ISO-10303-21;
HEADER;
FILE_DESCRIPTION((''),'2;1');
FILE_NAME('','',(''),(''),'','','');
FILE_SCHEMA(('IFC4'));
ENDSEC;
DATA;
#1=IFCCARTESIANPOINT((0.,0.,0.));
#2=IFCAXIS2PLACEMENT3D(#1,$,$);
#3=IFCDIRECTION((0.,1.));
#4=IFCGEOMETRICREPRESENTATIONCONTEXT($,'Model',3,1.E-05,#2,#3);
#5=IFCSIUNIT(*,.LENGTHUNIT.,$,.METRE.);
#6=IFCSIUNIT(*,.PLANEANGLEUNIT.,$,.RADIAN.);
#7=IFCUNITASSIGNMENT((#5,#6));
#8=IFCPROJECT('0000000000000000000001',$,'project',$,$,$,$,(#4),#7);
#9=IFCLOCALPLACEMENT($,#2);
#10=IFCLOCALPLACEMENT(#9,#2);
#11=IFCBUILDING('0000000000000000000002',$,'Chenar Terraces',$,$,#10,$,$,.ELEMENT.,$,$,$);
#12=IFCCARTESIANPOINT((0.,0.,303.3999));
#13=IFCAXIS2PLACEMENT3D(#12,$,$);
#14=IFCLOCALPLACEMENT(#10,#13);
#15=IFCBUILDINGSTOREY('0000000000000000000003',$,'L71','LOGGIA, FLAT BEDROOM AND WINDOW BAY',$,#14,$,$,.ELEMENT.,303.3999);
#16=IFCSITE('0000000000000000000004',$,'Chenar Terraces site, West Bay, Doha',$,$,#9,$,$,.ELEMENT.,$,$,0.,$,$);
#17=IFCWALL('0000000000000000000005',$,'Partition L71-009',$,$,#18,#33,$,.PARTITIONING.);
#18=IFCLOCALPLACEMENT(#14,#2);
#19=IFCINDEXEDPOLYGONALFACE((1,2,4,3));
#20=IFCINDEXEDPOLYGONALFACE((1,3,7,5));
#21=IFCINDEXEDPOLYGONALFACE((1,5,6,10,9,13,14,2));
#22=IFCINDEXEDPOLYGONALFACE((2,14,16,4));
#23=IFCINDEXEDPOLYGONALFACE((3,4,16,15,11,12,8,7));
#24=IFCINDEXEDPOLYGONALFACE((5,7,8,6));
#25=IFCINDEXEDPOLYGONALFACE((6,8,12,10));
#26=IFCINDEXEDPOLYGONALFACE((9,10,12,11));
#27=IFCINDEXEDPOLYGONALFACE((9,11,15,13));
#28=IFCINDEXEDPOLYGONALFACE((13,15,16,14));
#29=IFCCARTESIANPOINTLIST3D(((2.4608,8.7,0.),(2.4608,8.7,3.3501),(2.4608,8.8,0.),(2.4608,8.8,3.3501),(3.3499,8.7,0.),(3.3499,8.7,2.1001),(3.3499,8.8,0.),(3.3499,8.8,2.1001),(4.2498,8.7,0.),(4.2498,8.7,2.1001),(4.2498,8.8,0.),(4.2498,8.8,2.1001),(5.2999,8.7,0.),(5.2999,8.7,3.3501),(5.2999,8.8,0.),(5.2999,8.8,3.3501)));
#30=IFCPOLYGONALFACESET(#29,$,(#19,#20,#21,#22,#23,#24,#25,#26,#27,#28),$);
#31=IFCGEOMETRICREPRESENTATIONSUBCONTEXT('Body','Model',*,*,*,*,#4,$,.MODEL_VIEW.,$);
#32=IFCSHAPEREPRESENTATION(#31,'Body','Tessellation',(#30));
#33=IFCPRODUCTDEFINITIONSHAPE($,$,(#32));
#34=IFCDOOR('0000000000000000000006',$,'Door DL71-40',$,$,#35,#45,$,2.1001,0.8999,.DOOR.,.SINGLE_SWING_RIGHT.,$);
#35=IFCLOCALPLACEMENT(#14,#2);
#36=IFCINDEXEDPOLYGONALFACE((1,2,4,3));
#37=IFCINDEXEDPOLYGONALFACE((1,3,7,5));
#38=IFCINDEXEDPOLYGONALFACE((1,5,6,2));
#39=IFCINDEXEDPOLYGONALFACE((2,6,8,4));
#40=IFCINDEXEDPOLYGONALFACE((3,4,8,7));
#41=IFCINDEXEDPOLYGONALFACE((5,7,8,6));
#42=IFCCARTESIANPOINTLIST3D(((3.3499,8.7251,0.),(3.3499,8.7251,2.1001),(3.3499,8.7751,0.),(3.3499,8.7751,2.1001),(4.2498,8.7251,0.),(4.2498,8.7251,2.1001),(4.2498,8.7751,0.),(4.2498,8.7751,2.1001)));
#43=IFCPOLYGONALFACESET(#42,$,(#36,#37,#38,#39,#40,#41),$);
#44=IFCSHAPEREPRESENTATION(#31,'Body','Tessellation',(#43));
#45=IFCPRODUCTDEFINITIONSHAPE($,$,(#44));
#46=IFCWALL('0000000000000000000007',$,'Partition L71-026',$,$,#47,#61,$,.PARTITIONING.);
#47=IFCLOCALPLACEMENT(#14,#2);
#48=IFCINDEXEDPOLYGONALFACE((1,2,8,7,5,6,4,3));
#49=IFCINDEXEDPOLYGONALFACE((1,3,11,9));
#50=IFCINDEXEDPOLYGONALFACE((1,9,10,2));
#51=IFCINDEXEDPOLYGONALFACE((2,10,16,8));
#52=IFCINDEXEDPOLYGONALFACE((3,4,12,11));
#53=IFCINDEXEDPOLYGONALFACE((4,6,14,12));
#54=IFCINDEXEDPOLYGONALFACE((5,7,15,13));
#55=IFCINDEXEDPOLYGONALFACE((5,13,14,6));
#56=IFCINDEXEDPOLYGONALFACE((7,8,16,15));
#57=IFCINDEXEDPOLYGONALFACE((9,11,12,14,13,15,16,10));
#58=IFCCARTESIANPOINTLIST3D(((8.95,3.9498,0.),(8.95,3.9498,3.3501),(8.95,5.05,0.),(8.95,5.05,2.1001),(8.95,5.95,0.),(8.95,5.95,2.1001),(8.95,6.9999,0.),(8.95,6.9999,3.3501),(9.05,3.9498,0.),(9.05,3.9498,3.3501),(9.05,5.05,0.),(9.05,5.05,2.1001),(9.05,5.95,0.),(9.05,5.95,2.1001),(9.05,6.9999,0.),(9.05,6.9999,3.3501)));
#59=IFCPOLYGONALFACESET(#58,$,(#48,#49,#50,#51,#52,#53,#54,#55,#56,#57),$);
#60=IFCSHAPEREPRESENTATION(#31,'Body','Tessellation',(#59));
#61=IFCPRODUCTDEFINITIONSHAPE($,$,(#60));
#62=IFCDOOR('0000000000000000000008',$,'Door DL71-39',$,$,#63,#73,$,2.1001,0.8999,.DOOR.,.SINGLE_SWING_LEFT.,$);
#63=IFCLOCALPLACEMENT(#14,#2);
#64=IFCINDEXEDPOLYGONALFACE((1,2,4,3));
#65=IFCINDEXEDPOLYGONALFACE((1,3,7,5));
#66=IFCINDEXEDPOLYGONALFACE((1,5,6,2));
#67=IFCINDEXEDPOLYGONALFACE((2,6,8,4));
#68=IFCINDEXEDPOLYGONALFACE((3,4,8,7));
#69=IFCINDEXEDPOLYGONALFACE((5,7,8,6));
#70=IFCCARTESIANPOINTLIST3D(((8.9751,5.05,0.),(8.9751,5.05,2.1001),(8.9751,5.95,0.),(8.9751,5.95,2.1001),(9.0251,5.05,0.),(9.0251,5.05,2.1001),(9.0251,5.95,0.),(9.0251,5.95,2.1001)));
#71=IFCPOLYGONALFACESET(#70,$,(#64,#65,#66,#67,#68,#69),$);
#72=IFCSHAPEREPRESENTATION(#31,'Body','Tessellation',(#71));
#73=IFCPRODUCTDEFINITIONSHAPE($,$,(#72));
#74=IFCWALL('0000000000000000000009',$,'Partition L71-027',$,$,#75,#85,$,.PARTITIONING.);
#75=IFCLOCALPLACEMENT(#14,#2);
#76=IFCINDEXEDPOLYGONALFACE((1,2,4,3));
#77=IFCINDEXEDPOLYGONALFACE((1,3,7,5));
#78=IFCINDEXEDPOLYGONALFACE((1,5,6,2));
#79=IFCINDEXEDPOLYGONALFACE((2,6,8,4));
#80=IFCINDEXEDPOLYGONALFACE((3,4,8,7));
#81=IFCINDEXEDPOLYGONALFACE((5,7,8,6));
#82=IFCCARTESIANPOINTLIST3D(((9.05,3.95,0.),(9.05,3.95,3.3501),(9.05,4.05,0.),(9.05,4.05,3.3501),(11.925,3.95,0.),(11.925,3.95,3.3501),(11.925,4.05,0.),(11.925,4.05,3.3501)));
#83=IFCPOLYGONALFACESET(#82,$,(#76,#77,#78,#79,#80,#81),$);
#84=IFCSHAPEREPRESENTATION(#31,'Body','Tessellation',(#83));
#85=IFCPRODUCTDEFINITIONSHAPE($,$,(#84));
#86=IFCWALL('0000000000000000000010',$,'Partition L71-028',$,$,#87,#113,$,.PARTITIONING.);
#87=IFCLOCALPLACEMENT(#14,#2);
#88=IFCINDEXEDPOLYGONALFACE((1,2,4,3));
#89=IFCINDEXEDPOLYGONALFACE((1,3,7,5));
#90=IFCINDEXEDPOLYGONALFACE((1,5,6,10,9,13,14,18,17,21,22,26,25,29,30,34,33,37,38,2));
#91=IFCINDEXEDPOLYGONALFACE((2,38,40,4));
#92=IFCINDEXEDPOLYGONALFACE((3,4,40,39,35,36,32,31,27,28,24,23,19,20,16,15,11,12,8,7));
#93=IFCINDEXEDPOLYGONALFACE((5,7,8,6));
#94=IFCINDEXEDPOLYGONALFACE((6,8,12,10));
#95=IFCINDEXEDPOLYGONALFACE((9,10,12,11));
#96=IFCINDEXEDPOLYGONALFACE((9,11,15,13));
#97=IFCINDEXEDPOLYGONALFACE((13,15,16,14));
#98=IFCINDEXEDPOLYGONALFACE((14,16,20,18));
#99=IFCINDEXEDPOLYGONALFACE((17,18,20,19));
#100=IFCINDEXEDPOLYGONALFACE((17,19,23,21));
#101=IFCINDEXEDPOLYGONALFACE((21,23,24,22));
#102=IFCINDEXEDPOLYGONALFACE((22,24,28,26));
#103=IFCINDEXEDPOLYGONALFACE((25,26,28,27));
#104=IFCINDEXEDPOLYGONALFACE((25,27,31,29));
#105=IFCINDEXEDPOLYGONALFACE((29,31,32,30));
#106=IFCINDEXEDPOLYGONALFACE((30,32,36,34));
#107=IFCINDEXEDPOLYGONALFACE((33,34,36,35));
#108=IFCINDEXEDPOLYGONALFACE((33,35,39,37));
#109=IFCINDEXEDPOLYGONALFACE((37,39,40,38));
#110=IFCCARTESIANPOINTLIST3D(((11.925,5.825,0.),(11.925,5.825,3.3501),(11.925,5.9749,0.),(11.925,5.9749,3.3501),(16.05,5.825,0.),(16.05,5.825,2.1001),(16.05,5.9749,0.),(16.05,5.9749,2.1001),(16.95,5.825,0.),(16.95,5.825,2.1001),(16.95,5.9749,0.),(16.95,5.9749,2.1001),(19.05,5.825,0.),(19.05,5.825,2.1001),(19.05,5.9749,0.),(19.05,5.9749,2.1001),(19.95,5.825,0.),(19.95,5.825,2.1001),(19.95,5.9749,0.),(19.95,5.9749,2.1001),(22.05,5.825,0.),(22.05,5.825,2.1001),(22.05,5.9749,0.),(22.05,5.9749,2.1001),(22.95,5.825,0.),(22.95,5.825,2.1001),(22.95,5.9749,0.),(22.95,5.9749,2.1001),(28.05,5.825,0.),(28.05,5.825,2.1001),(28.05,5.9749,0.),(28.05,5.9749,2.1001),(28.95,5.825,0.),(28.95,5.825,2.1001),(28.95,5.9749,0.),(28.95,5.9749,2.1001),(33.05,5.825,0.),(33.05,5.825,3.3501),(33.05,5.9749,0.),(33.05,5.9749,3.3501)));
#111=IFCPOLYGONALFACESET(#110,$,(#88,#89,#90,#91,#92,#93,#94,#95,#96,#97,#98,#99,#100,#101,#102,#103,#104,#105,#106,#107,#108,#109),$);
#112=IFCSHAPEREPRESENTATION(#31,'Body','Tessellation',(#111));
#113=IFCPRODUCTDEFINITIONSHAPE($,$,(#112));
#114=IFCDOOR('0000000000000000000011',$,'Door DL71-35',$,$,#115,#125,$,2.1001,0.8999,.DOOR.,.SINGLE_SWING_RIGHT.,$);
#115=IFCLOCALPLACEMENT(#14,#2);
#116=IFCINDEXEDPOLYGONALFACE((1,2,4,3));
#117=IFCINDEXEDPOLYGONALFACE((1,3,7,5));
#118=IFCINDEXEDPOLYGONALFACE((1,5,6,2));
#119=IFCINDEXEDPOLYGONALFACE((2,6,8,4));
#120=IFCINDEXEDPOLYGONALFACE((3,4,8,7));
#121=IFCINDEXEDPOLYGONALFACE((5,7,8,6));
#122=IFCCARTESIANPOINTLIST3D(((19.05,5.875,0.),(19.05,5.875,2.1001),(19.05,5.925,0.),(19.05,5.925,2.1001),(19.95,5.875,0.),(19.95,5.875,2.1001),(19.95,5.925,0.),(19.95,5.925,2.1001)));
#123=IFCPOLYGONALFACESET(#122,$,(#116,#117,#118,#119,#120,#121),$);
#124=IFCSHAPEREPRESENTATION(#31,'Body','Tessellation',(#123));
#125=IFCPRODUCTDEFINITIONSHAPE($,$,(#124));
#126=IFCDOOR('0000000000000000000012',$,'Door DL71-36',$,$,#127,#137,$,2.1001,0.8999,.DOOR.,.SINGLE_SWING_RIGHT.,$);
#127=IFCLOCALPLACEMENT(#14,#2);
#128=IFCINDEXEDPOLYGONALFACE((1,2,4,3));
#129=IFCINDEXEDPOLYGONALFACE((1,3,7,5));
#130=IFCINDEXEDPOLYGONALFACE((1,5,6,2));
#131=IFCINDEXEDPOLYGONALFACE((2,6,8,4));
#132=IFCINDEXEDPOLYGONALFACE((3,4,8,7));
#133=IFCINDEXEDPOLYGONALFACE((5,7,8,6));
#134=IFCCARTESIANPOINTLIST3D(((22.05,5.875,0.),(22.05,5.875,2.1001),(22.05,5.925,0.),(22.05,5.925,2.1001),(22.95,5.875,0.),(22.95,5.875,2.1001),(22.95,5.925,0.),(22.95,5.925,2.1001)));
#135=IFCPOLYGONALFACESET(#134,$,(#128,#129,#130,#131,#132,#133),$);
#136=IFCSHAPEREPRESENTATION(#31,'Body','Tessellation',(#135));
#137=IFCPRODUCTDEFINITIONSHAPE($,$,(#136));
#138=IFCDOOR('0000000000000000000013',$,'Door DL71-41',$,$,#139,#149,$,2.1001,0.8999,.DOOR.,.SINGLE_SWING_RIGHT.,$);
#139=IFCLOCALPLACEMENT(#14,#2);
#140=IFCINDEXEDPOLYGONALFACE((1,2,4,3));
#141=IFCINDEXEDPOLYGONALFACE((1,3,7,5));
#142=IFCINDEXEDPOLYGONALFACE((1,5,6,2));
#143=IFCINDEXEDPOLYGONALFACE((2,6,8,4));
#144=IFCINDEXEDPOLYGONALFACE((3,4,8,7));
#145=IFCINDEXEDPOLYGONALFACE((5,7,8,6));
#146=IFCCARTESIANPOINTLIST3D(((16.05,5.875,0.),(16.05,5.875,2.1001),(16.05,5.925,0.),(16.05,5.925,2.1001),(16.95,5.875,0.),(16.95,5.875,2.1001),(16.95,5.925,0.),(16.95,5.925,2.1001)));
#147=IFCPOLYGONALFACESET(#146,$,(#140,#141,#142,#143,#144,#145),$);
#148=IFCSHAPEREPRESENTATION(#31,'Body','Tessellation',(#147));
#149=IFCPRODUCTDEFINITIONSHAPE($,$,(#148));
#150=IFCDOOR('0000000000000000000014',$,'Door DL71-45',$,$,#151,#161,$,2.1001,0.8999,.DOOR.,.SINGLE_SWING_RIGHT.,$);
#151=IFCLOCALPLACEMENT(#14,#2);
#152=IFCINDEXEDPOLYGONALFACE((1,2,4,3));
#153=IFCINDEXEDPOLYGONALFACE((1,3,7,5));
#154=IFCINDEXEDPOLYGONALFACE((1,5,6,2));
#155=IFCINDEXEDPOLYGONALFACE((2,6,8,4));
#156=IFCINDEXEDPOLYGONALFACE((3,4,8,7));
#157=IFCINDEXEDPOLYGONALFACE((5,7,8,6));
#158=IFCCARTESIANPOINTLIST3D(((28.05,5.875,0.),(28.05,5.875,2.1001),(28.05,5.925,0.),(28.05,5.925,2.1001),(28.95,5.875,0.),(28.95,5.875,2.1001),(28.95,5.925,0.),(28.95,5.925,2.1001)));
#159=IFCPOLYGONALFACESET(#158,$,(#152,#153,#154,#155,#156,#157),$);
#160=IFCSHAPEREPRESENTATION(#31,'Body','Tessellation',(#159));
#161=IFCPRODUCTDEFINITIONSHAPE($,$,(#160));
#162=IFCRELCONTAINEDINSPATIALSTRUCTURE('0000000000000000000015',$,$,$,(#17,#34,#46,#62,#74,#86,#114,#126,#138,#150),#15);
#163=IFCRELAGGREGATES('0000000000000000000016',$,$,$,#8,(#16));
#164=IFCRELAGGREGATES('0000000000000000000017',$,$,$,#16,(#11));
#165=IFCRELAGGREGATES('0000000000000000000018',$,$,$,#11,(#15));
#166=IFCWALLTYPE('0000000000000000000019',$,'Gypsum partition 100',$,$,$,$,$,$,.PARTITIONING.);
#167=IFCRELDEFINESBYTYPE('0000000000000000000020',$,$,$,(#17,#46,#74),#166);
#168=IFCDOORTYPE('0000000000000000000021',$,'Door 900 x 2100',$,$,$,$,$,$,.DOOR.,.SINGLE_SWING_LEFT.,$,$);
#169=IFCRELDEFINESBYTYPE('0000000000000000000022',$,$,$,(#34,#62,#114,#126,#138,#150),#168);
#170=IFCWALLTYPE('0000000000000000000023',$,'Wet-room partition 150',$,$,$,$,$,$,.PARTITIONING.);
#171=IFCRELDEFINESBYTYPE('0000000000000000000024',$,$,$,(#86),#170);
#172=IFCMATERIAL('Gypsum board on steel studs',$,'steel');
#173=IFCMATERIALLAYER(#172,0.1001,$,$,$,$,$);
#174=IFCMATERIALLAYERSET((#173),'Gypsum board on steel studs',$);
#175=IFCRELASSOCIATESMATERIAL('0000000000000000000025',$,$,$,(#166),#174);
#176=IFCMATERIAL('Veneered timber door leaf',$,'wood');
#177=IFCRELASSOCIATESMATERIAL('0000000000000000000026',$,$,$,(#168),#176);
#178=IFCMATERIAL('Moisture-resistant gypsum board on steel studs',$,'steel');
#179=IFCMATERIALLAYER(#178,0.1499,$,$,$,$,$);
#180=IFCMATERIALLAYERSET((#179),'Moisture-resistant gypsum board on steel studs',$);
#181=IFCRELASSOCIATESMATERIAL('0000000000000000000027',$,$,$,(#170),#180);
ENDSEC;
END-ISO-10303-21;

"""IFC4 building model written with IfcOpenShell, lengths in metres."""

from ifc_helpers import new_model, si_unit, direction, frame, frame_2d, origin, place, context, subcontext, project, spatial, rectangle, extrude, material, layer, layer_set, type_object, element, fill, save


model = new_model("IFC4")

# Units and contexts
model_context = context("Model", 3, precision=1e-05, world=origin(), true_north=direction((0.0, 1.0)))
body_context = subcontext(model_context, "Body", "Model", "MODEL_VIEW")
ifc_project = project(units=[si_unit("LENGTHUNIT", "METRE"), si_unit("PLANEANGLEUNIT", "RADIAN")], contexts=[model_context])

# Site, building, storey
site_placement = place(None, origin())
site = spatial("IfcSite", under=ifc_project, at=site_placement, Name="Chenar Terraces site, West Bay, Doha", CompositionType="ELEMENT", RefElevation=0.0)
building_placement = place(site_placement, origin())
building = spatial("IfcBuilding", under=site, at=building_placement, Name="Chenar Terraces", CompositionType="ELEMENT")
storey_placement = place(building_placement, frame((0.0, 0.0, 303.3999)))
storey = spatial("IfcBuildingStorey", under=building, at=storey_placement, Name="L71", Description="LOGGIA, FLAT BEDROOM AND WINDOW BAY", CompositionType="ELEMENT", Elevation=303.3999)

# Walls, openings, doors
ifc_material_1 = material(Name="Gypsum board on steel studs", Category="steel")
ifc_layer_1 = layer(ifc_material_1, 0.1001)
ifc_layer_set_1 = layer_set([ifc_layer_1], Name="Gypsum board on steel studs")
wall_type_1 = type_object("IfcWallType", Name="Gypsum partition 100", PredefinedType="PARTITIONING", material=ifc_layer_set_1)
wall_1_placement = place(storey_placement, frame((2.4609, 8.75, 0.0), z_axis=(0.0, 0.0, 1.0), x_axis=(1.0, 0.0, 0.0)))
wall_1 = element("IfcWall", 1, at=wall_1_placement, inside=storey, type_object=wall_type_1, Name="Partition L71-009", PredefinedType="PARTITIONING", context=body_context, shape_type="SweptSolid", body=[
    extrude(rectangle(XDim=2.8391, YDim=0.1001, at=frame_2d((1.4194, 0.0))), origin(), (0.0, 0.0, 1.0), 3.3501),
])
opening_1_placement = place(wall_1_placement, frame((0.8889, 0.0, 0.0)))
opening_1 = element("IfcOpeningElement", 2, at=opening_1_placement, cuts=wall_1, PredefinedType="OPENING", context=body_context, shape_type="SweptSolid", body=[
    extrude(rectangle(XDim=0.8999, YDim=2.1001, at=frame_2d((0.45, 1.05))), frame((0.0, 0.0601, 0.0), z_axis=(0.0, -1.0, 0.0), x_axis=(1.0, 0.0, 0.0)), (0.0, 0.0, 1.0), 0.1201),
])
ifc_material_2 = material(Name="Veneered timber door leaf", Category="wood")
door_type_1 = type_object("IfcDoorType", Name="Door 900 x 2100", OperationType="SINGLE_SWING_LEFT", PredefinedType="DOOR", material=ifc_material_2)
door_1_placement = place(opening_1_placement, frame((0.8999, 0.0, 0.0), z_axis=(0.0, 0.0, 1.0), x_axis=(-1.0, 0.0, 0.0)))
door_1 = element("IfcDoor", 3, at=door_1_placement, inside=storey, type_object=door_type_1, Name="Door DL71-40", OperationType="SINGLE_SWING_RIGHT", OverallHeight=2.1001, OverallWidth=0.8999, PredefinedType="DOOR", context=body_context, shape_type="SweptSolid", body=[
    extrude(rectangle(XDim=0.8999, YDim=2.1001, at=frame_2d((0.45, 1.05))), frame((0.0, 0.0249, 0.0), z_axis=(0.0, -1.0, 0.0), x_axis=(1.0, 0.0, 0.0)), (0.0, 0.0, 1.0), 0.05),
])
fill(opening_1, door_1)
wall_2_placement = place(storey_placement, frame((9.0, 3.95, 0.0), z_axis=(0.0, 0.0, 1.0), x_axis=(0.0, 1.0, 0.0)))
wall_2 = element("IfcWall", 4, at=wall_2_placement, inside=storey, type_object=wall_type_1, Name="Partition L71-026", PredefinedType="PARTITIONING", context=body_context, shape_type="SweptSolid", body=[
    extrude(rectangle(XDim=3.05, YDim=0.1001, at=frame_2d((1.5249, 0.0))), origin(), (0.0, 0.0, 1.0), 3.3501),
])
opening_2_placement = place(wall_2_placement, frame((1.1001, 0.0, 0.0)))
opening_2 = element("IfcOpeningElement", 5, at=opening_2_placement, cuts=wall_2, PredefinedType="OPENING", context=body_context, shape_type="SweptSolid", body=[
    extrude(rectangle(XDim=0.8999, YDim=2.1001, at=frame_2d((0.45, 1.05))), frame((0.0, 0.0601, 0.0), z_axis=(0.0, -1.0, 0.0), x_axis=(1.0, 0.0, 0.0)), (0.0, 0.0, 1.0), 0.1201),
])
door_2_placement = place(opening_2_placement, origin())
door_2 = element("IfcDoor", 6, at=door_2_placement, inside=storey, type_object=door_type_1, Name="Door DL71-39", OperationType="SINGLE_SWING_LEFT", OverallHeight=2.1001, OverallWidth=0.8999, PredefinedType="DOOR", context=body_context, shape_type="SweptSolid", body=[
    extrude(rectangle(XDim=0.8999, YDim=2.1001, at=frame_2d((0.45, 1.05))), frame((0.0, 0.0249, 0.0), z_axis=(0.0, -1.0, 0.0), x_axis=(1.0, 0.0, 0.0)), (0.0, 0.0, 1.0), 0.05),
])
fill(opening_2, door_2)

# Wall
wall_3_placement = place(storey_placement, frame((9.05, 4.0, 0.0), z_axis=(0.0, 0.0, 1.0), x_axis=(1.0, 0.0, 0.0)))
element("IfcWall", 7, at=wall_3_placement, inside=storey, type_object=wall_type_1, Name="Partition L71-027", PredefinedType="PARTITIONING", context=body_context, shape_type="SweptSolid", body=[
    extrude(rectangle(XDim=2.875, YDim=0.1001, at=frame_2d((1.4375, 0.0))), origin(), (0.0, 0.0, 1.0), 3.3501),
])

# Wall, openings, doors
ifc_material_3 = material(Name="Moisture-resistant gypsum board on steel studs", Category="steel")
ifc_layer_2 = layer(ifc_material_3, 0.1499)
ifc_layer_set_2 = layer_set([ifc_layer_2], Name="Moisture-resistant gypsum board on steel studs")
wall_type_2 = type_object("IfcWallType", Name="Wet-room partition 150", PredefinedType="PARTITIONING", material=ifc_layer_set_2)
wall_4_placement = place(storey_placement, frame((11.925, 5.8999, 0.0), z_axis=(0.0, 0.0, 1.0), x_axis=(1.0, 0.0, 0.0)))
wall_4 = element("IfcWall", 8, at=wall_4_placement, inside=storey, type_object=wall_type_2, Name="Partition L71-028", PredefinedType="PARTITIONING", context=body_context, shape_type="SweptSolid", body=[
    extrude(rectangle(XDim=21.125, YDim=0.1499, at=frame_2d((10.5625, 0.0))), origin(), (0.0, 0.0, 1.0), 3.3501),
])
opening_3_placement = place(wall_4_placement, frame((7.125, 0.0, 0.0)))
opening_3 = element("IfcOpeningElement", 9, at=opening_3_placement, cuts=wall_4, PredefinedType="OPENING", context=body_context, shape_type="SweptSolid", body=[
    extrude(rectangle(XDim=0.8999, YDim=2.1001, at=frame_2d((0.45, 1.05))), frame((0.0, 0.085, 0.0), z_axis=(0.0, -1.0, 0.0), x_axis=(1.0, 0.0, 0.0)), (0.0, 0.0, 1.0), 0.1699),
])
opening_4_placement = place(wall_4_placement, frame((10.125, 0.0, 0.0)))
opening_4 = element("IfcOpeningElement", 10, at=opening_4_placement, cuts=wall_4, PredefinedType="OPENING", context=body_context, shape_type="SweptSolid", body=[
    extrude(rectangle(XDim=0.8999, YDim=2.1001, at=frame_2d((0.45, 1.05))), frame((0.0, 0.085, 0.0), z_axis=(0.0, -1.0, 0.0), x_axis=(1.0, 0.0, 0.0)), (0.0, 0.0, 1.0), 0.1699),
])
opening_5_placement = place(wall_4_placement, frame((4.125, 0.0, 0.0)))
opening_5 = element("IfcOpeningElement", 11, at=opening_5_placement, cuts=wall_4, PredefinedType="OPENING", context=body_context, shape_type="SweptSolid", body=[
    extrude(rectangle(XDim=0.8999, YDim=2.1001, at=frame_2d((0.45, 1.05))), frame((0.0, 0.085, 0.0), z_axis=(0.0, -1.0, 0.0), x_axis=(1.0, 0.0, 0.0)), (0.0, 0.0, 1.0), 0.1699),
])
opening_6_placement = place(wall_4_placement, frame((16.125, 0.0, 0.0)))
opening_6 = element("IfcOpeningElement", 12, at=opening_6_placement, cuts=wall_4, PredefinedType="OPENING", context=body_context, shape_type="SweptSolid", body=[
    extrude(rectangle(XDim=0.8999, YDim=2.1001, at=frame_2d((0.45, 1.05))), frame((0.0, 0.085, 0.0), z_axis=(0.0, -1.0, 0.0), x_axis=(1.0, 0.0, 0.0)), (0.0, 0.0, 1.0), 0.1699),
])
door_3_placement = place(opening_3_placement, frame((0.8999, 0.0, 0.0), z_axis=(0.0, 0.0, 1.0), x_axis=(-1.0, 0.0, 0.0)))
door_3 = element("IfcDoor", 13, at=door_3_placement, inside=storey, type_object=door_type_1, Name="Door DL71-35", OperationType="SINGLE_SWING_RIGHT", OverallHeight=2.1001, OverallWidth=0.8999, PredefinedType="DOOR", context=body_context, shape_type="SweptSolid", body=[
    extrude(rectangle(XDim=0.8999, YDim=2.1001, at=frame_2d((0.45, 1.05))), frame((0.0, 0.0249, 0.0), z_axis=(0.0, -1.0, 0.0), x_axis=(1.0, 0.0, 0.0)), (0.0, 0.0, 1.0), 0.05),
])
fill(opening_3, door_3)
door_4_placement = place(opening_4_placement, frame((0.8999, 0.0, 0.0), z_axis=(0.0, 0.0, 1.0), x_axis=(-1.0, 0.0, 0.0)))
door_4 = element("IfcDoor", 14, at=door_4_placement, inside=storey, type_object=door_type_1, Name="Door DL71-36", OperationType="SINGLE_SWING_RIGHT", OverallHeight=2.1001, OverallWidth=0.8999, PredefinedType="DOOR", context=body_context, shape_type="SweptSolid", body=[
    extrude(rectangle(XDim=0.8999, YDim=2.1001, at=frame_2d((0.45, 1.05))), frame((0.0, 0.0249, 0.0), z_axis=(0.0, -1.0, 0.0), x_axis=(1.0, 0.0, 0.0)), (0.0, 0.0, 1.0), 0.05),
])
fill(opening_4, door_4)
door_5_placement = place(opening_5_placement, frame((0.8999, 0.0, 0.0), z_axis=(0.0, 0.0, 1.0), x_axis=(-1.0, 0.0, 0.0)))
door_5 = element("IfcDoor", 15, at=door_5_placement, inside=storey, type_object=door_type_1, Name="Door DL71-41", OperationType="SINGLE_SWING_RIGHT", OverallHeight=2.1001, OverallWidth=0.8999, PredefinedType="DOOR", context=body_context, shape_type="SweptSolid", body=[
    extrude(rectangle(XDim=0.8999, YDim=2.1001, at=frame_2d((0.45, 1.05))), frame((0.0, 0.0249, 0.0), z_axis=(0.0, -1.0, 0.0), x_axis=(1.0, 0.0, 0.0)), (0.0, 0.0, 1.0), 0.05),
])
fill(opening_5, door_5)
door_6_placement = place(opening_6_placement, frame((0.8999, 0.0, 0.0), z_axis=(0.0, 0.0, 1.0), x_axis=(-1.0, 0.0, 0.0)))
door_6 = element("IfcDoor", 16, at=door_6_placement, inside=storey, type_object=door_type_1, Name="Door DL71-45", OperationType="SINGLE_SWING_RIGHT", OverallHeight=2.1001, OverallWidth=0.8999, PredefinedType="DOOR", context=body_context, shape_type="SweptSolid", body=[
    extrude(rectangle(XDim=0.8999, YDim=2.1001, at=frame_2d((0.45, 1.05))), frame((0.0, 0.0249, 0.0), z_axis=(0.0, -1.0, 0.0), x_axis=(1.0, 0.0, 0.0)), (0.0, 0.0, 1.0), 0.05),
])
fill(opening_6, door_6)

save(model, "model.ifc")
